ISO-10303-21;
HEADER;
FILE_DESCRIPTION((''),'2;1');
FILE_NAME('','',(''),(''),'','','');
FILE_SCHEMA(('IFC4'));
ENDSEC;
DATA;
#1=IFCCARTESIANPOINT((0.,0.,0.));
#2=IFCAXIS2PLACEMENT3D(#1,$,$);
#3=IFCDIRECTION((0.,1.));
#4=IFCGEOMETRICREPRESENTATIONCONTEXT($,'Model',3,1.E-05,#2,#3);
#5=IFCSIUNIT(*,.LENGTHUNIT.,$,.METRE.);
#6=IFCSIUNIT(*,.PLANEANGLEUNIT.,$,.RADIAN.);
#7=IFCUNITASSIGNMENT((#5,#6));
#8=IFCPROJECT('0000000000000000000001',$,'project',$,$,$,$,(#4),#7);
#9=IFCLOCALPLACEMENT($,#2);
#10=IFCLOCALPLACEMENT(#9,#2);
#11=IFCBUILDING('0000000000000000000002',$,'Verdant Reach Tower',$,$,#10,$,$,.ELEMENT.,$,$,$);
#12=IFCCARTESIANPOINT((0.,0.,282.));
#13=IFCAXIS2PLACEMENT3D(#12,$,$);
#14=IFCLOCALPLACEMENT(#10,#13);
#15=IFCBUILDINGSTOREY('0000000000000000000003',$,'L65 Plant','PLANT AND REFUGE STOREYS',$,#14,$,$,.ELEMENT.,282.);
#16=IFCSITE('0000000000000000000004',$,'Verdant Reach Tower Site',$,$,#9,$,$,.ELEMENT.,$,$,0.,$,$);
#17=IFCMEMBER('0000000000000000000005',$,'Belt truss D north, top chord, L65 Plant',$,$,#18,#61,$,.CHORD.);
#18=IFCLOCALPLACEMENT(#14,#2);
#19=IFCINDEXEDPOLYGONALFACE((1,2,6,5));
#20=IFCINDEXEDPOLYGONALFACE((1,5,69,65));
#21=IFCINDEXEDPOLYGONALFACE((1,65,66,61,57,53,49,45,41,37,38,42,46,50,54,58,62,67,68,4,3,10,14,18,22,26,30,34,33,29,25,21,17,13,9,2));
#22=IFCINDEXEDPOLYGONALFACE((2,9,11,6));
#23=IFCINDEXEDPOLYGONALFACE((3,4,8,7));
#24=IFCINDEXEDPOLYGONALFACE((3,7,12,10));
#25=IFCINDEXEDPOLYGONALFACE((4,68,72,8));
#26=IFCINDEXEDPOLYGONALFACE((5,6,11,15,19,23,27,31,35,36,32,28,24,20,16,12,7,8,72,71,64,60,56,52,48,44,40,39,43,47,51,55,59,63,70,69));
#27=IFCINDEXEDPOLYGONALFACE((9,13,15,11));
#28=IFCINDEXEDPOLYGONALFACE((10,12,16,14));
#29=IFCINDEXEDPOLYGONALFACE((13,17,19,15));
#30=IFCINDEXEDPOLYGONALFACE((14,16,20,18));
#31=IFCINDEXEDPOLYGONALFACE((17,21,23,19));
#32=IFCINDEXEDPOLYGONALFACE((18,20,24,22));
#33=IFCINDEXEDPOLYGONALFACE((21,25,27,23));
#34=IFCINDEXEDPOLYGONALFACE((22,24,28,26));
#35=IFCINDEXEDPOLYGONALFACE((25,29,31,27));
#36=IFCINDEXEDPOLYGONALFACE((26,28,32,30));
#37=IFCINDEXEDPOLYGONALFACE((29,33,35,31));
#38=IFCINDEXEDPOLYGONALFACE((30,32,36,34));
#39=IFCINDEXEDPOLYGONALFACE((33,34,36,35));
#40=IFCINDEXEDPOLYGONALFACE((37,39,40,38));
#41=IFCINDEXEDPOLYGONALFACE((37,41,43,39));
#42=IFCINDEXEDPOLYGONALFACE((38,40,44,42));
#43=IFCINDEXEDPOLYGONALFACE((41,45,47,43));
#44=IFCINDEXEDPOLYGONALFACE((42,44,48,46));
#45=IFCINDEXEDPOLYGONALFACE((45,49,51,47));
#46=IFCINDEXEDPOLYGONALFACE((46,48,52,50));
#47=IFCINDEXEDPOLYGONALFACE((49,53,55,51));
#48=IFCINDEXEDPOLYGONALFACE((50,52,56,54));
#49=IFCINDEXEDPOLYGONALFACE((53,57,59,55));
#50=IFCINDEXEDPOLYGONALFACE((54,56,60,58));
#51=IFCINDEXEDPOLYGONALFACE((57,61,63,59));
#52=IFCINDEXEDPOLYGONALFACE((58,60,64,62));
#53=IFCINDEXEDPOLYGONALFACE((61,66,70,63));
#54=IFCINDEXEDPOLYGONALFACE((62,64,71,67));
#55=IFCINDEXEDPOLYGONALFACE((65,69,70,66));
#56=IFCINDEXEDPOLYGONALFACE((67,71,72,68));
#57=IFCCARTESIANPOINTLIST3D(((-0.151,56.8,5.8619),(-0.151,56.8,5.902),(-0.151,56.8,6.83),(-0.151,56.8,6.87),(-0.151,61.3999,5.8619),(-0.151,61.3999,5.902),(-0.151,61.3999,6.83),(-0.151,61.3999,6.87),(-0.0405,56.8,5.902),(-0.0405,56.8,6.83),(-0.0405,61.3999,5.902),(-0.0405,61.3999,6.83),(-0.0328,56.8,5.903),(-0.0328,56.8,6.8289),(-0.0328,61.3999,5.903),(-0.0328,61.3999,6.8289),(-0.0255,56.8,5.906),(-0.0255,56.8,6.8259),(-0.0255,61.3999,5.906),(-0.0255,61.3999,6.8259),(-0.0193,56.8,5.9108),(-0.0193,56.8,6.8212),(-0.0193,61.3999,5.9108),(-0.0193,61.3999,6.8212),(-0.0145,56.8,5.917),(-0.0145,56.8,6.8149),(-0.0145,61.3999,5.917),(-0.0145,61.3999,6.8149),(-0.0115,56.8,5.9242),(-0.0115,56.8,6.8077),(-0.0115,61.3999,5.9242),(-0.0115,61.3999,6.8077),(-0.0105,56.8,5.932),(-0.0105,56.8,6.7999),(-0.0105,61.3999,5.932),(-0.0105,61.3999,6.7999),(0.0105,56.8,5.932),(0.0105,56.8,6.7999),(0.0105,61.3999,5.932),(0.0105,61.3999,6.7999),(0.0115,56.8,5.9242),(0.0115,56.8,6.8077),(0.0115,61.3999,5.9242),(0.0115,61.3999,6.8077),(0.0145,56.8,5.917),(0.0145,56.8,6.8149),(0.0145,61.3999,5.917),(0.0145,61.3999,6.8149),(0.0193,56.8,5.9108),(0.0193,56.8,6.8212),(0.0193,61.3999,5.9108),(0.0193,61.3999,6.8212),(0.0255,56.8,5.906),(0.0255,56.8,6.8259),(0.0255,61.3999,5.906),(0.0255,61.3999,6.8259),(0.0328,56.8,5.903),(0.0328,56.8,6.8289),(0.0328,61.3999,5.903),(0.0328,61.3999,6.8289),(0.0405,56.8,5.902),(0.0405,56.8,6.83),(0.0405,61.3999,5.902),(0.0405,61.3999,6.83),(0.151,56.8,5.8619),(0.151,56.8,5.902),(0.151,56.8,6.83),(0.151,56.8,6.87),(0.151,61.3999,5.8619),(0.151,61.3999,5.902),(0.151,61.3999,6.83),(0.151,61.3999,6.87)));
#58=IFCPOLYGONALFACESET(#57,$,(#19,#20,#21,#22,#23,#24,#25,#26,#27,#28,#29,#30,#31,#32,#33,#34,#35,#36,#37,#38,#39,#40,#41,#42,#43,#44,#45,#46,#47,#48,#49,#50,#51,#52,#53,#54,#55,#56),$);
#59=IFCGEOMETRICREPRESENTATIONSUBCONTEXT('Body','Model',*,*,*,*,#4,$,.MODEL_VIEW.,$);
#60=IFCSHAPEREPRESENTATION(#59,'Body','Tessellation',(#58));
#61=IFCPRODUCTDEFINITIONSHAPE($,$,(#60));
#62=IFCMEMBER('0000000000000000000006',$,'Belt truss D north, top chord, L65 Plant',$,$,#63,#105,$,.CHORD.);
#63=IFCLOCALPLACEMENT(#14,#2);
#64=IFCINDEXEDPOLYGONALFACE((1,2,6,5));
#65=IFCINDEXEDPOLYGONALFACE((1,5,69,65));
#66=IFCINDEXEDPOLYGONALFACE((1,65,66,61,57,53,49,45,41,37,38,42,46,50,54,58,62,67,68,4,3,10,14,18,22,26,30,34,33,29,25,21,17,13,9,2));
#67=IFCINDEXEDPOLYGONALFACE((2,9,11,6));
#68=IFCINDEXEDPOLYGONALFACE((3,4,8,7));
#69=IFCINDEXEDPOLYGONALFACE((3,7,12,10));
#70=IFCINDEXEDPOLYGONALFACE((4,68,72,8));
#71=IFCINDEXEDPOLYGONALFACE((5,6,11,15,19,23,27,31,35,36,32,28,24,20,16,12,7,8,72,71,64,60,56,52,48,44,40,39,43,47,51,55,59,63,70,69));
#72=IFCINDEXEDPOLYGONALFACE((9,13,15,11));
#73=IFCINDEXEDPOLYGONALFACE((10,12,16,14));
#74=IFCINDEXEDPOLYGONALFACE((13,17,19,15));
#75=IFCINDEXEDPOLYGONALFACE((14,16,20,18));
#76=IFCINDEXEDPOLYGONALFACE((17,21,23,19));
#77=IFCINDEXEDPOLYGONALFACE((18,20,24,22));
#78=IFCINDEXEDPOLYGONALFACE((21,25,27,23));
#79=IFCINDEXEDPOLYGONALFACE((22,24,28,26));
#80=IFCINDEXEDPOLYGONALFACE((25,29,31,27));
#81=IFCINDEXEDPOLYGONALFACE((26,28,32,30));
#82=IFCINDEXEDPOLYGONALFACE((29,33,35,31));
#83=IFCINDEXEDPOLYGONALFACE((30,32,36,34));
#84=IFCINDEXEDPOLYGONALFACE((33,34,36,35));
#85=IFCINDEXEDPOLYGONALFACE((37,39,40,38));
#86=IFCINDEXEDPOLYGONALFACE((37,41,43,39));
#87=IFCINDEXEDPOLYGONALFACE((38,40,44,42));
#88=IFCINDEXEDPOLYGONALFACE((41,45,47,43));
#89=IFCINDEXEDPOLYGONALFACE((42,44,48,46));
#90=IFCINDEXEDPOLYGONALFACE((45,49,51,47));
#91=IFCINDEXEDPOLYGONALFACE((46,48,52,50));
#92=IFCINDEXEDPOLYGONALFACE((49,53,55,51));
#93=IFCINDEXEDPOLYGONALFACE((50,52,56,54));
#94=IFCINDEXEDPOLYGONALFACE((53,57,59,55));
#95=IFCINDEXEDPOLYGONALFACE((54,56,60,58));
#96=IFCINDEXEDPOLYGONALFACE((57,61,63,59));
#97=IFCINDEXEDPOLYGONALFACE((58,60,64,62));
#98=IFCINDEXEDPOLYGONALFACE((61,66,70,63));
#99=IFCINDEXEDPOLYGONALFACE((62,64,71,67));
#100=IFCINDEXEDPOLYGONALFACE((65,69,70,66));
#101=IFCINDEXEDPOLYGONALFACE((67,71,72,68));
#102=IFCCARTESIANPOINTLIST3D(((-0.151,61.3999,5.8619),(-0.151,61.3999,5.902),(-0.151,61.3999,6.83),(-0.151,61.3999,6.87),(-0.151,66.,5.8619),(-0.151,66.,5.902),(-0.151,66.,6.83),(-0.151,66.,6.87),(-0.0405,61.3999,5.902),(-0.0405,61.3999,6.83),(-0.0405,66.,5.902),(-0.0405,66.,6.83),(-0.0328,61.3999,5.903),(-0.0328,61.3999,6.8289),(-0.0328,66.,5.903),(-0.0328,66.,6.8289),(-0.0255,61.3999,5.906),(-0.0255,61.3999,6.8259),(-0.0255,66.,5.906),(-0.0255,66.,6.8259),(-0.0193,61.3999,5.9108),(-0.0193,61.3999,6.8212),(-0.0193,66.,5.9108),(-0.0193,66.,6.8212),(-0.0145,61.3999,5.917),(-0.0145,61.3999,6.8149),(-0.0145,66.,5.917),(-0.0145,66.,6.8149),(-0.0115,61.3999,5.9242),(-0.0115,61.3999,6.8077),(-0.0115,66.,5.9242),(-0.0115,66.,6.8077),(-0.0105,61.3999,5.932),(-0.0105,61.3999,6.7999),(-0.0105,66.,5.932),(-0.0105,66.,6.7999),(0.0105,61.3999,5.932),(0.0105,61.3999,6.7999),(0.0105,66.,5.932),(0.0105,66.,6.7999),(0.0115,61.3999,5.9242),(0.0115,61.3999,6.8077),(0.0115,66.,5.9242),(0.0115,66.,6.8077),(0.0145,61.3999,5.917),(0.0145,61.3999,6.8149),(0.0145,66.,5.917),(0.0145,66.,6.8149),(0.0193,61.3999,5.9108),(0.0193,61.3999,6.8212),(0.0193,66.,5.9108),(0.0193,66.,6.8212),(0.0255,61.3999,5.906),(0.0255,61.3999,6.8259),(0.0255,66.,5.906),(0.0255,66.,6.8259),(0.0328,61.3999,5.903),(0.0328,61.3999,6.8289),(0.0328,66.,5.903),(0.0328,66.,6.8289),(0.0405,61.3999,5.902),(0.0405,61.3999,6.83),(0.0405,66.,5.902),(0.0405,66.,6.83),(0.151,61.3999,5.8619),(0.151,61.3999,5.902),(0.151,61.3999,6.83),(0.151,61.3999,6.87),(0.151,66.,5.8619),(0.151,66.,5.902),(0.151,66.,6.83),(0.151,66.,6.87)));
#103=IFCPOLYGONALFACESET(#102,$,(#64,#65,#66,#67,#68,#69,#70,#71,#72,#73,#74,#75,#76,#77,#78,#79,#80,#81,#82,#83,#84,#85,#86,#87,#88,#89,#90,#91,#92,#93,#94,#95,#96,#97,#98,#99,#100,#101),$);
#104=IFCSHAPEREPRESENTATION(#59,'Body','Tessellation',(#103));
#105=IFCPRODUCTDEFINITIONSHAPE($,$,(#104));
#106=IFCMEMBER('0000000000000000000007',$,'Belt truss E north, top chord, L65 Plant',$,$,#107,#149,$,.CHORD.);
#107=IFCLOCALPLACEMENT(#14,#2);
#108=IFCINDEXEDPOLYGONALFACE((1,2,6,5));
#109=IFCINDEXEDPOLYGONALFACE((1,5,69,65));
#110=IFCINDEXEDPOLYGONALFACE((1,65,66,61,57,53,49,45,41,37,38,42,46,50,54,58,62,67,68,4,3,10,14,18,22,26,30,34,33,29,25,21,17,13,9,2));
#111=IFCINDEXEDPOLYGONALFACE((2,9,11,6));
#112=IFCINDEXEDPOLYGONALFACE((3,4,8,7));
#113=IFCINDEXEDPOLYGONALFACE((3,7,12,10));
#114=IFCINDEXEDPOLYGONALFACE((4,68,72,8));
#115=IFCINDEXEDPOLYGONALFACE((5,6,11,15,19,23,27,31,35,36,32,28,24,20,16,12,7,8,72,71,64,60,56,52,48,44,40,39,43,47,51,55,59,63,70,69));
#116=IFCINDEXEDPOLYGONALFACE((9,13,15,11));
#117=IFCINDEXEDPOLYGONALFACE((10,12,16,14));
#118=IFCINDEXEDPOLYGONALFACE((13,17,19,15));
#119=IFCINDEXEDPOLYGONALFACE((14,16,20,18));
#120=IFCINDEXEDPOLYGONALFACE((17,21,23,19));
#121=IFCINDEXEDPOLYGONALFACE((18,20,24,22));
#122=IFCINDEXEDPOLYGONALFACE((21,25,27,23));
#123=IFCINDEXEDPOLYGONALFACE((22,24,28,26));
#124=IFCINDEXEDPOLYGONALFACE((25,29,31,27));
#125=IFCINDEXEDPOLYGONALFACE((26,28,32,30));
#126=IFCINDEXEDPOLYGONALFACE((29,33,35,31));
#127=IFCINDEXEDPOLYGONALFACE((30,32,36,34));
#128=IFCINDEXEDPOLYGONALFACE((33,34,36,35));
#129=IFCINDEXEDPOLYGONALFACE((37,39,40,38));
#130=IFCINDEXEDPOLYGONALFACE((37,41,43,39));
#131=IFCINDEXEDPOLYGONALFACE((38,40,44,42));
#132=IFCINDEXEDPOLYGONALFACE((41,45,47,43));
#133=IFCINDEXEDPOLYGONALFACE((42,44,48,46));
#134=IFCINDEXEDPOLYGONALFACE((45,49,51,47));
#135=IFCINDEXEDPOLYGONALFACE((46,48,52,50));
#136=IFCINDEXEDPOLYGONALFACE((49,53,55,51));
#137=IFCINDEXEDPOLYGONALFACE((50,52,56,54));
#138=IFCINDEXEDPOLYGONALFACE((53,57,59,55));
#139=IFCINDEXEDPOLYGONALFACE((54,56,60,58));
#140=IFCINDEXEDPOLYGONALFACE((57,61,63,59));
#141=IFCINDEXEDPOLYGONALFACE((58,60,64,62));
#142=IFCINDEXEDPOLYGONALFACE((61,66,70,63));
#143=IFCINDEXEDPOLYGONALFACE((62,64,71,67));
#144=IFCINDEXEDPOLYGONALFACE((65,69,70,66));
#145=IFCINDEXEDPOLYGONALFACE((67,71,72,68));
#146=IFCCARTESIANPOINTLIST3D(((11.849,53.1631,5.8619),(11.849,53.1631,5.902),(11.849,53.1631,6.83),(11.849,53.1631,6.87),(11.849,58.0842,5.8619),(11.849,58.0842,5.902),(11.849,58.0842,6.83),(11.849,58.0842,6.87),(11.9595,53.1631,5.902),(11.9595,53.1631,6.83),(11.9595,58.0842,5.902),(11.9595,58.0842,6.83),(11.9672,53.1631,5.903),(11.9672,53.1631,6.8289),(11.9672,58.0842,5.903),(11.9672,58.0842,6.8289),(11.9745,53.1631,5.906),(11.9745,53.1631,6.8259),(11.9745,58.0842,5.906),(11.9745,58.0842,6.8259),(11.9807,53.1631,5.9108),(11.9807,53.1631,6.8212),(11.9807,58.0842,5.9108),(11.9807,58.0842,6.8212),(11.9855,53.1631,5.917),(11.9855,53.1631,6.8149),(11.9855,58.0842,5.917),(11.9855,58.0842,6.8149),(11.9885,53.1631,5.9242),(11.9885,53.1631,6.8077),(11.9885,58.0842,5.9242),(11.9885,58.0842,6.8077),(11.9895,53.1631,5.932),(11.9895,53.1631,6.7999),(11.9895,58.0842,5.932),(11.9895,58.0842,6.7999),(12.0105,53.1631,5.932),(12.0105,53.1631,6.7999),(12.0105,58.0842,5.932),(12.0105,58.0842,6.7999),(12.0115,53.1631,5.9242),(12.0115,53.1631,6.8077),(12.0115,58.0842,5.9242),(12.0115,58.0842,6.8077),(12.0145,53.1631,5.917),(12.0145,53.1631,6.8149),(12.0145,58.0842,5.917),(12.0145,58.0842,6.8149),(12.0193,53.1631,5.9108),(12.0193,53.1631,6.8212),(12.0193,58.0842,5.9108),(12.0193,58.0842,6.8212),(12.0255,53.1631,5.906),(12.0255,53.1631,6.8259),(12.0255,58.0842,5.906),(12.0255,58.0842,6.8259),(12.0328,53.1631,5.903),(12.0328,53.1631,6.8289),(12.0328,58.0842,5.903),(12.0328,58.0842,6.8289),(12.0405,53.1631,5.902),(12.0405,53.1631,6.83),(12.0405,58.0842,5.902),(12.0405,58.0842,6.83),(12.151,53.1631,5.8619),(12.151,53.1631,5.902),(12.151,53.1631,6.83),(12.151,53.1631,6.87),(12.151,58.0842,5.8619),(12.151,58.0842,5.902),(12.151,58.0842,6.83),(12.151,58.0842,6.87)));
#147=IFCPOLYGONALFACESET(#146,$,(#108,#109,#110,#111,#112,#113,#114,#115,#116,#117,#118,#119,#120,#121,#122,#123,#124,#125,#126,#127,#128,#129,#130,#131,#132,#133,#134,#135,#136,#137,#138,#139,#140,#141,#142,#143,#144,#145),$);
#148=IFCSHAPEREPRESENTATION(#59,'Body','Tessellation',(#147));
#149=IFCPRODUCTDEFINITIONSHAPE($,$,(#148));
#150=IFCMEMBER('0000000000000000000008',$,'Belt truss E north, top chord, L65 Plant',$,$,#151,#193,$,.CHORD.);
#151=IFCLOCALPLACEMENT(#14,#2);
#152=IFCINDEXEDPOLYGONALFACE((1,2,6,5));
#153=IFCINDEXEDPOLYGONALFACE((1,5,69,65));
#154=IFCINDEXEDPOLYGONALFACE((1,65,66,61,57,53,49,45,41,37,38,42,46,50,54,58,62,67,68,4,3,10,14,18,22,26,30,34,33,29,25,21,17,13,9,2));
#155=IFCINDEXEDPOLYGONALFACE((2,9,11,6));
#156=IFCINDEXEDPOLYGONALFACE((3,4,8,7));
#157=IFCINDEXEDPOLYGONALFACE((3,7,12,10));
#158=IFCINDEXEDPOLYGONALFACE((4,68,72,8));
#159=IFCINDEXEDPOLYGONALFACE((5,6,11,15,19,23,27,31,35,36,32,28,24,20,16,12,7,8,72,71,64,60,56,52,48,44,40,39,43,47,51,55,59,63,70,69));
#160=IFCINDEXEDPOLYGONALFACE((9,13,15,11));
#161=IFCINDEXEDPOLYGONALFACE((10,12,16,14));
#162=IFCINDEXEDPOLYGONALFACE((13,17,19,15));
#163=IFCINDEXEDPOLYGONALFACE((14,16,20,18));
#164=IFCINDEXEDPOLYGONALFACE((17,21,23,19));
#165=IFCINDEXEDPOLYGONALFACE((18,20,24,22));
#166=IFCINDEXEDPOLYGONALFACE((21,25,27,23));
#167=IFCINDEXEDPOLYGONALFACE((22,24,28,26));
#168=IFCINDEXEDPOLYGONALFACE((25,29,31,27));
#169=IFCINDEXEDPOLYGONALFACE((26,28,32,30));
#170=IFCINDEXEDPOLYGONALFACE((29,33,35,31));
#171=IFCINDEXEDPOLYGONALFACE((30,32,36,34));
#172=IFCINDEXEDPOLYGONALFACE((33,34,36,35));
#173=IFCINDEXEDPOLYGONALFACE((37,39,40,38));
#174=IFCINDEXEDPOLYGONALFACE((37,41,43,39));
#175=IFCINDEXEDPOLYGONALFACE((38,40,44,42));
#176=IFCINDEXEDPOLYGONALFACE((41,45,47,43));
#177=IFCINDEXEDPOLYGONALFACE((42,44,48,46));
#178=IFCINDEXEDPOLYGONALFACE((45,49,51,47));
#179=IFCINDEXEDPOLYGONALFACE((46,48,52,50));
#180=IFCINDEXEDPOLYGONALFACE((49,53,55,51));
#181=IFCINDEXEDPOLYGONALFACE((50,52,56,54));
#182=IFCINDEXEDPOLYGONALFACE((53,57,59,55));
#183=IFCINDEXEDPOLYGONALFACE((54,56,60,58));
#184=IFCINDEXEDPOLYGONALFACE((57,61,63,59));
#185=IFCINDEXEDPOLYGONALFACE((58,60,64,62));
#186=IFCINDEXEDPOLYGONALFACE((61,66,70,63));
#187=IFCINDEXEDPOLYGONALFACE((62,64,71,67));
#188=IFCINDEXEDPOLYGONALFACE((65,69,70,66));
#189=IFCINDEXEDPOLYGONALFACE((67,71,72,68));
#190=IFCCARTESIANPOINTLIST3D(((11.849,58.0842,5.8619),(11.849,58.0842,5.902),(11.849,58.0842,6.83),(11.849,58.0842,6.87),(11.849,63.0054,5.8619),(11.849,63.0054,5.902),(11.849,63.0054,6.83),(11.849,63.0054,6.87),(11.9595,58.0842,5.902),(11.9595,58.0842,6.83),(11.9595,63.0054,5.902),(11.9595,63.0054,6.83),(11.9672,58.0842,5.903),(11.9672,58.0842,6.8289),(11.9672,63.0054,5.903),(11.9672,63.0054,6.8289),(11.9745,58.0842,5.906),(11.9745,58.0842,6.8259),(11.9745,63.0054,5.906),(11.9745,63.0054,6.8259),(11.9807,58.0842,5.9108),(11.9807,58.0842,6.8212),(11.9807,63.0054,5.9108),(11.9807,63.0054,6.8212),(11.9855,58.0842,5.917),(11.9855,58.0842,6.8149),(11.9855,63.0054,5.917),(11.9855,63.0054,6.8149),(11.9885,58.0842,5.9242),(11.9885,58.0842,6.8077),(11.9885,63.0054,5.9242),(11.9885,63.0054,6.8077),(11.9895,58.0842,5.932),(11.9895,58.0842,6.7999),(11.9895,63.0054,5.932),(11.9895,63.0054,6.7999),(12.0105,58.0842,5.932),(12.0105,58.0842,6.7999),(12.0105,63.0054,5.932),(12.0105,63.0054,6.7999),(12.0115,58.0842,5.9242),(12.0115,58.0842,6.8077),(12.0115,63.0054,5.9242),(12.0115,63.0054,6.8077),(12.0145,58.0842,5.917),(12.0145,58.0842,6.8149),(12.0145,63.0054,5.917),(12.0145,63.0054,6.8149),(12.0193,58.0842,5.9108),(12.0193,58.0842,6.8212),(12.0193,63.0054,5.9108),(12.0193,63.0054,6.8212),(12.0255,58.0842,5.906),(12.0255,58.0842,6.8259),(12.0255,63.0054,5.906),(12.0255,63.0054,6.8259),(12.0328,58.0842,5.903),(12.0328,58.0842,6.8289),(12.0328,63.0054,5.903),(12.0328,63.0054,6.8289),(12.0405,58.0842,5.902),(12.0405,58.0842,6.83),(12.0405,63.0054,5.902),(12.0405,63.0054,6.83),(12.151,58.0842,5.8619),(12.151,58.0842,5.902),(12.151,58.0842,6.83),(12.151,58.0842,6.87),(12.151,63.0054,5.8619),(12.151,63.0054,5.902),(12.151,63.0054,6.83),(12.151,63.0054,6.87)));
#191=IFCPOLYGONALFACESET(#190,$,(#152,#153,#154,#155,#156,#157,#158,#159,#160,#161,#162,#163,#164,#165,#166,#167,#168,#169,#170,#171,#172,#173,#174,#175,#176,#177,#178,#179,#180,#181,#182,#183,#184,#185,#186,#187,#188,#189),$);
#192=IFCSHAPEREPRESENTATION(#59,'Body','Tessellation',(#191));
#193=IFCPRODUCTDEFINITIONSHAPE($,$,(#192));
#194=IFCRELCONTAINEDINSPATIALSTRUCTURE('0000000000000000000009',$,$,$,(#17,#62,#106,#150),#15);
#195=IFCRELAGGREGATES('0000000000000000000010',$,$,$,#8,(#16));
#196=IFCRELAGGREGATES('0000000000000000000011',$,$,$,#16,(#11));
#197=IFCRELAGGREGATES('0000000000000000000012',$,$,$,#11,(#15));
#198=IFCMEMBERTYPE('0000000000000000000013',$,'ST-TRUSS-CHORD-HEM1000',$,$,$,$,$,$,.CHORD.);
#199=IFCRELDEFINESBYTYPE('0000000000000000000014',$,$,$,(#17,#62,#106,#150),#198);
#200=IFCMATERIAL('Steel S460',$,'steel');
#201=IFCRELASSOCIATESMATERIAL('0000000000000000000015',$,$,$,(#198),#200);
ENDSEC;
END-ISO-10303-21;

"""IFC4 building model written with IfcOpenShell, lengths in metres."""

from ifc_helpers import new_model, si_unit, direction, frame, origin, origin_2d, place, context, subcontext, project, spatial, i_section, extrude, material, material_profile, profile_set, type_object, element, save


model = new_model("IFC4")

# Units and contexts
model_context = context("Model", 3, precision=1e-05, world=origin(), true_north=direction((0.0, 1.0)))
body_context = subcontext(model_context, "Body", "Model", "MODEL_VIEW")
ifc_project = project(units=[si_unit("LENGTHUNIT", "METRE"), si_unit("PLANEANGLEUNIT", "RADIAN")], contexts=[model_context])

# Site, building, storey
site_placement = place(None, origin())
site = spatial("IfcSite", under=ifc_project, at=site_placement, Name="Verdant Reach Tower Site", CompositionType="ELEMENT", RefElevation=0.0)
building_placement = place(site_placement, origin())
building = spatial("IfcBuilding", under=site, at=building_placement, Name="Verdant Reach Tower", CompositionType="ELEMENT")
storey_placement = place(building_placement, frame((0.0, 0.0, 282.0)))
storey = spatial("IfcBuildingStorey", under=building, at=storey_placement, Name="L65 Plant", Description="PLANT AND REFUGE STOREYS", CompositionType="ELEMENT", Elevation=282.0)

# Shared definitions
ifc_material_1 = material(Name="Steel S460", Category="steel")

# Members
ifc_material_profile_1 = material_profile(ifc_material_1, i_section(OverallWidth=0.302, OverallDepth=1.0081, WebThickness=0.021, FlangeThickness=0.04, FilletRadius=0.03, at=origin_2d()), Name="HEM 1000")
ifc_profile_set_1 = profile_set([ifc_material_profile_1], Name="Steel S460")
member_type_1 = type_object("IfcMemberType", Name="ST-TRUSS-CHORD-HEM1000", PredefinedType="CHORD", material=ifc_profile_set_1)
member_1_placement = place(storey_placement, frame((0.0, 56.8, 6.366), z_axis=(0.0, 1.0, 0.0), x_axis=(-1.0, 0.0, 0.0)))
element("IfcMember", 1, at=member_1_placement, inside=storey, type_object=member_type_1, Name="Belt truss D north, top chord, L65 Plant", PredefinedType="CHORD", context=body_context, shape_type="SweptSolid", body=[
    extrude(i_section(OverallWidth=0.302, OverallDepth=1.0081, WebThickness=0.021, FlangeThickness=0.04, FilletRadius=0.03, at=origin_2d()), origin(), (0.0, 0.0, 1.0), 4.5999),
])
member_2_placement = place(storey_placement, frame((0.0, 61.3999, 6.366), z_axis=(0.0, 1.0, 0.0), x_axis=(-1.0, 0.0, 0.0)))
element("IfcMember", 2, at=member_2_placement, inside=storey, type_object=member_type_1, Name="Belt truss D north, top chord, L65 Plant", PredefinedType="CHORD", context=body_context, shape_type="SweptSolid", body=[
    extrude(i_section(OverallWidth=0.302, OverallDepth=1.0081, WebThickness=0.021, FlangeThickness=0.04, FilletRadius=0.03, at=origin_2d()), origin(), (0.0, 0.0, 1.0), 4.6001),
])
for number, where, z_axis, x_axis, name in (
    (3, (12.0, 53.1631, 6.366), (0.0, 1.0, 0.0), (-1.0, 0.0, 0.0), "Belt truss E north, top chord, L65 Plant"),
    (4, (12.0, 58.0842, 6.366), (0.0, 1.0, 0.0), (-1.0, 0.0, 0.0), "Belt truss E north, top chord, L65 Plant"),
):
    element("IfcMember", number, at=place(storey_placement, frame(where, z_axis=z_axis, x_axis=x_axis)), inside=storey, type_object=member_type_1, Name=name, PredefinedType="CHORD", context=body_context, shape_type="SweptSolid", body=[
        extrude(i_section(OverallWidth=0.302, OverallDepth=1.0081, WebThickness=0.021, FlangeThickness=0.04, FilletRadius=0.03, at=origin_2d()), origin(), (0.0, 0.0, 1.0), 4.9211),
    ])

save(model, "model.ifc")
